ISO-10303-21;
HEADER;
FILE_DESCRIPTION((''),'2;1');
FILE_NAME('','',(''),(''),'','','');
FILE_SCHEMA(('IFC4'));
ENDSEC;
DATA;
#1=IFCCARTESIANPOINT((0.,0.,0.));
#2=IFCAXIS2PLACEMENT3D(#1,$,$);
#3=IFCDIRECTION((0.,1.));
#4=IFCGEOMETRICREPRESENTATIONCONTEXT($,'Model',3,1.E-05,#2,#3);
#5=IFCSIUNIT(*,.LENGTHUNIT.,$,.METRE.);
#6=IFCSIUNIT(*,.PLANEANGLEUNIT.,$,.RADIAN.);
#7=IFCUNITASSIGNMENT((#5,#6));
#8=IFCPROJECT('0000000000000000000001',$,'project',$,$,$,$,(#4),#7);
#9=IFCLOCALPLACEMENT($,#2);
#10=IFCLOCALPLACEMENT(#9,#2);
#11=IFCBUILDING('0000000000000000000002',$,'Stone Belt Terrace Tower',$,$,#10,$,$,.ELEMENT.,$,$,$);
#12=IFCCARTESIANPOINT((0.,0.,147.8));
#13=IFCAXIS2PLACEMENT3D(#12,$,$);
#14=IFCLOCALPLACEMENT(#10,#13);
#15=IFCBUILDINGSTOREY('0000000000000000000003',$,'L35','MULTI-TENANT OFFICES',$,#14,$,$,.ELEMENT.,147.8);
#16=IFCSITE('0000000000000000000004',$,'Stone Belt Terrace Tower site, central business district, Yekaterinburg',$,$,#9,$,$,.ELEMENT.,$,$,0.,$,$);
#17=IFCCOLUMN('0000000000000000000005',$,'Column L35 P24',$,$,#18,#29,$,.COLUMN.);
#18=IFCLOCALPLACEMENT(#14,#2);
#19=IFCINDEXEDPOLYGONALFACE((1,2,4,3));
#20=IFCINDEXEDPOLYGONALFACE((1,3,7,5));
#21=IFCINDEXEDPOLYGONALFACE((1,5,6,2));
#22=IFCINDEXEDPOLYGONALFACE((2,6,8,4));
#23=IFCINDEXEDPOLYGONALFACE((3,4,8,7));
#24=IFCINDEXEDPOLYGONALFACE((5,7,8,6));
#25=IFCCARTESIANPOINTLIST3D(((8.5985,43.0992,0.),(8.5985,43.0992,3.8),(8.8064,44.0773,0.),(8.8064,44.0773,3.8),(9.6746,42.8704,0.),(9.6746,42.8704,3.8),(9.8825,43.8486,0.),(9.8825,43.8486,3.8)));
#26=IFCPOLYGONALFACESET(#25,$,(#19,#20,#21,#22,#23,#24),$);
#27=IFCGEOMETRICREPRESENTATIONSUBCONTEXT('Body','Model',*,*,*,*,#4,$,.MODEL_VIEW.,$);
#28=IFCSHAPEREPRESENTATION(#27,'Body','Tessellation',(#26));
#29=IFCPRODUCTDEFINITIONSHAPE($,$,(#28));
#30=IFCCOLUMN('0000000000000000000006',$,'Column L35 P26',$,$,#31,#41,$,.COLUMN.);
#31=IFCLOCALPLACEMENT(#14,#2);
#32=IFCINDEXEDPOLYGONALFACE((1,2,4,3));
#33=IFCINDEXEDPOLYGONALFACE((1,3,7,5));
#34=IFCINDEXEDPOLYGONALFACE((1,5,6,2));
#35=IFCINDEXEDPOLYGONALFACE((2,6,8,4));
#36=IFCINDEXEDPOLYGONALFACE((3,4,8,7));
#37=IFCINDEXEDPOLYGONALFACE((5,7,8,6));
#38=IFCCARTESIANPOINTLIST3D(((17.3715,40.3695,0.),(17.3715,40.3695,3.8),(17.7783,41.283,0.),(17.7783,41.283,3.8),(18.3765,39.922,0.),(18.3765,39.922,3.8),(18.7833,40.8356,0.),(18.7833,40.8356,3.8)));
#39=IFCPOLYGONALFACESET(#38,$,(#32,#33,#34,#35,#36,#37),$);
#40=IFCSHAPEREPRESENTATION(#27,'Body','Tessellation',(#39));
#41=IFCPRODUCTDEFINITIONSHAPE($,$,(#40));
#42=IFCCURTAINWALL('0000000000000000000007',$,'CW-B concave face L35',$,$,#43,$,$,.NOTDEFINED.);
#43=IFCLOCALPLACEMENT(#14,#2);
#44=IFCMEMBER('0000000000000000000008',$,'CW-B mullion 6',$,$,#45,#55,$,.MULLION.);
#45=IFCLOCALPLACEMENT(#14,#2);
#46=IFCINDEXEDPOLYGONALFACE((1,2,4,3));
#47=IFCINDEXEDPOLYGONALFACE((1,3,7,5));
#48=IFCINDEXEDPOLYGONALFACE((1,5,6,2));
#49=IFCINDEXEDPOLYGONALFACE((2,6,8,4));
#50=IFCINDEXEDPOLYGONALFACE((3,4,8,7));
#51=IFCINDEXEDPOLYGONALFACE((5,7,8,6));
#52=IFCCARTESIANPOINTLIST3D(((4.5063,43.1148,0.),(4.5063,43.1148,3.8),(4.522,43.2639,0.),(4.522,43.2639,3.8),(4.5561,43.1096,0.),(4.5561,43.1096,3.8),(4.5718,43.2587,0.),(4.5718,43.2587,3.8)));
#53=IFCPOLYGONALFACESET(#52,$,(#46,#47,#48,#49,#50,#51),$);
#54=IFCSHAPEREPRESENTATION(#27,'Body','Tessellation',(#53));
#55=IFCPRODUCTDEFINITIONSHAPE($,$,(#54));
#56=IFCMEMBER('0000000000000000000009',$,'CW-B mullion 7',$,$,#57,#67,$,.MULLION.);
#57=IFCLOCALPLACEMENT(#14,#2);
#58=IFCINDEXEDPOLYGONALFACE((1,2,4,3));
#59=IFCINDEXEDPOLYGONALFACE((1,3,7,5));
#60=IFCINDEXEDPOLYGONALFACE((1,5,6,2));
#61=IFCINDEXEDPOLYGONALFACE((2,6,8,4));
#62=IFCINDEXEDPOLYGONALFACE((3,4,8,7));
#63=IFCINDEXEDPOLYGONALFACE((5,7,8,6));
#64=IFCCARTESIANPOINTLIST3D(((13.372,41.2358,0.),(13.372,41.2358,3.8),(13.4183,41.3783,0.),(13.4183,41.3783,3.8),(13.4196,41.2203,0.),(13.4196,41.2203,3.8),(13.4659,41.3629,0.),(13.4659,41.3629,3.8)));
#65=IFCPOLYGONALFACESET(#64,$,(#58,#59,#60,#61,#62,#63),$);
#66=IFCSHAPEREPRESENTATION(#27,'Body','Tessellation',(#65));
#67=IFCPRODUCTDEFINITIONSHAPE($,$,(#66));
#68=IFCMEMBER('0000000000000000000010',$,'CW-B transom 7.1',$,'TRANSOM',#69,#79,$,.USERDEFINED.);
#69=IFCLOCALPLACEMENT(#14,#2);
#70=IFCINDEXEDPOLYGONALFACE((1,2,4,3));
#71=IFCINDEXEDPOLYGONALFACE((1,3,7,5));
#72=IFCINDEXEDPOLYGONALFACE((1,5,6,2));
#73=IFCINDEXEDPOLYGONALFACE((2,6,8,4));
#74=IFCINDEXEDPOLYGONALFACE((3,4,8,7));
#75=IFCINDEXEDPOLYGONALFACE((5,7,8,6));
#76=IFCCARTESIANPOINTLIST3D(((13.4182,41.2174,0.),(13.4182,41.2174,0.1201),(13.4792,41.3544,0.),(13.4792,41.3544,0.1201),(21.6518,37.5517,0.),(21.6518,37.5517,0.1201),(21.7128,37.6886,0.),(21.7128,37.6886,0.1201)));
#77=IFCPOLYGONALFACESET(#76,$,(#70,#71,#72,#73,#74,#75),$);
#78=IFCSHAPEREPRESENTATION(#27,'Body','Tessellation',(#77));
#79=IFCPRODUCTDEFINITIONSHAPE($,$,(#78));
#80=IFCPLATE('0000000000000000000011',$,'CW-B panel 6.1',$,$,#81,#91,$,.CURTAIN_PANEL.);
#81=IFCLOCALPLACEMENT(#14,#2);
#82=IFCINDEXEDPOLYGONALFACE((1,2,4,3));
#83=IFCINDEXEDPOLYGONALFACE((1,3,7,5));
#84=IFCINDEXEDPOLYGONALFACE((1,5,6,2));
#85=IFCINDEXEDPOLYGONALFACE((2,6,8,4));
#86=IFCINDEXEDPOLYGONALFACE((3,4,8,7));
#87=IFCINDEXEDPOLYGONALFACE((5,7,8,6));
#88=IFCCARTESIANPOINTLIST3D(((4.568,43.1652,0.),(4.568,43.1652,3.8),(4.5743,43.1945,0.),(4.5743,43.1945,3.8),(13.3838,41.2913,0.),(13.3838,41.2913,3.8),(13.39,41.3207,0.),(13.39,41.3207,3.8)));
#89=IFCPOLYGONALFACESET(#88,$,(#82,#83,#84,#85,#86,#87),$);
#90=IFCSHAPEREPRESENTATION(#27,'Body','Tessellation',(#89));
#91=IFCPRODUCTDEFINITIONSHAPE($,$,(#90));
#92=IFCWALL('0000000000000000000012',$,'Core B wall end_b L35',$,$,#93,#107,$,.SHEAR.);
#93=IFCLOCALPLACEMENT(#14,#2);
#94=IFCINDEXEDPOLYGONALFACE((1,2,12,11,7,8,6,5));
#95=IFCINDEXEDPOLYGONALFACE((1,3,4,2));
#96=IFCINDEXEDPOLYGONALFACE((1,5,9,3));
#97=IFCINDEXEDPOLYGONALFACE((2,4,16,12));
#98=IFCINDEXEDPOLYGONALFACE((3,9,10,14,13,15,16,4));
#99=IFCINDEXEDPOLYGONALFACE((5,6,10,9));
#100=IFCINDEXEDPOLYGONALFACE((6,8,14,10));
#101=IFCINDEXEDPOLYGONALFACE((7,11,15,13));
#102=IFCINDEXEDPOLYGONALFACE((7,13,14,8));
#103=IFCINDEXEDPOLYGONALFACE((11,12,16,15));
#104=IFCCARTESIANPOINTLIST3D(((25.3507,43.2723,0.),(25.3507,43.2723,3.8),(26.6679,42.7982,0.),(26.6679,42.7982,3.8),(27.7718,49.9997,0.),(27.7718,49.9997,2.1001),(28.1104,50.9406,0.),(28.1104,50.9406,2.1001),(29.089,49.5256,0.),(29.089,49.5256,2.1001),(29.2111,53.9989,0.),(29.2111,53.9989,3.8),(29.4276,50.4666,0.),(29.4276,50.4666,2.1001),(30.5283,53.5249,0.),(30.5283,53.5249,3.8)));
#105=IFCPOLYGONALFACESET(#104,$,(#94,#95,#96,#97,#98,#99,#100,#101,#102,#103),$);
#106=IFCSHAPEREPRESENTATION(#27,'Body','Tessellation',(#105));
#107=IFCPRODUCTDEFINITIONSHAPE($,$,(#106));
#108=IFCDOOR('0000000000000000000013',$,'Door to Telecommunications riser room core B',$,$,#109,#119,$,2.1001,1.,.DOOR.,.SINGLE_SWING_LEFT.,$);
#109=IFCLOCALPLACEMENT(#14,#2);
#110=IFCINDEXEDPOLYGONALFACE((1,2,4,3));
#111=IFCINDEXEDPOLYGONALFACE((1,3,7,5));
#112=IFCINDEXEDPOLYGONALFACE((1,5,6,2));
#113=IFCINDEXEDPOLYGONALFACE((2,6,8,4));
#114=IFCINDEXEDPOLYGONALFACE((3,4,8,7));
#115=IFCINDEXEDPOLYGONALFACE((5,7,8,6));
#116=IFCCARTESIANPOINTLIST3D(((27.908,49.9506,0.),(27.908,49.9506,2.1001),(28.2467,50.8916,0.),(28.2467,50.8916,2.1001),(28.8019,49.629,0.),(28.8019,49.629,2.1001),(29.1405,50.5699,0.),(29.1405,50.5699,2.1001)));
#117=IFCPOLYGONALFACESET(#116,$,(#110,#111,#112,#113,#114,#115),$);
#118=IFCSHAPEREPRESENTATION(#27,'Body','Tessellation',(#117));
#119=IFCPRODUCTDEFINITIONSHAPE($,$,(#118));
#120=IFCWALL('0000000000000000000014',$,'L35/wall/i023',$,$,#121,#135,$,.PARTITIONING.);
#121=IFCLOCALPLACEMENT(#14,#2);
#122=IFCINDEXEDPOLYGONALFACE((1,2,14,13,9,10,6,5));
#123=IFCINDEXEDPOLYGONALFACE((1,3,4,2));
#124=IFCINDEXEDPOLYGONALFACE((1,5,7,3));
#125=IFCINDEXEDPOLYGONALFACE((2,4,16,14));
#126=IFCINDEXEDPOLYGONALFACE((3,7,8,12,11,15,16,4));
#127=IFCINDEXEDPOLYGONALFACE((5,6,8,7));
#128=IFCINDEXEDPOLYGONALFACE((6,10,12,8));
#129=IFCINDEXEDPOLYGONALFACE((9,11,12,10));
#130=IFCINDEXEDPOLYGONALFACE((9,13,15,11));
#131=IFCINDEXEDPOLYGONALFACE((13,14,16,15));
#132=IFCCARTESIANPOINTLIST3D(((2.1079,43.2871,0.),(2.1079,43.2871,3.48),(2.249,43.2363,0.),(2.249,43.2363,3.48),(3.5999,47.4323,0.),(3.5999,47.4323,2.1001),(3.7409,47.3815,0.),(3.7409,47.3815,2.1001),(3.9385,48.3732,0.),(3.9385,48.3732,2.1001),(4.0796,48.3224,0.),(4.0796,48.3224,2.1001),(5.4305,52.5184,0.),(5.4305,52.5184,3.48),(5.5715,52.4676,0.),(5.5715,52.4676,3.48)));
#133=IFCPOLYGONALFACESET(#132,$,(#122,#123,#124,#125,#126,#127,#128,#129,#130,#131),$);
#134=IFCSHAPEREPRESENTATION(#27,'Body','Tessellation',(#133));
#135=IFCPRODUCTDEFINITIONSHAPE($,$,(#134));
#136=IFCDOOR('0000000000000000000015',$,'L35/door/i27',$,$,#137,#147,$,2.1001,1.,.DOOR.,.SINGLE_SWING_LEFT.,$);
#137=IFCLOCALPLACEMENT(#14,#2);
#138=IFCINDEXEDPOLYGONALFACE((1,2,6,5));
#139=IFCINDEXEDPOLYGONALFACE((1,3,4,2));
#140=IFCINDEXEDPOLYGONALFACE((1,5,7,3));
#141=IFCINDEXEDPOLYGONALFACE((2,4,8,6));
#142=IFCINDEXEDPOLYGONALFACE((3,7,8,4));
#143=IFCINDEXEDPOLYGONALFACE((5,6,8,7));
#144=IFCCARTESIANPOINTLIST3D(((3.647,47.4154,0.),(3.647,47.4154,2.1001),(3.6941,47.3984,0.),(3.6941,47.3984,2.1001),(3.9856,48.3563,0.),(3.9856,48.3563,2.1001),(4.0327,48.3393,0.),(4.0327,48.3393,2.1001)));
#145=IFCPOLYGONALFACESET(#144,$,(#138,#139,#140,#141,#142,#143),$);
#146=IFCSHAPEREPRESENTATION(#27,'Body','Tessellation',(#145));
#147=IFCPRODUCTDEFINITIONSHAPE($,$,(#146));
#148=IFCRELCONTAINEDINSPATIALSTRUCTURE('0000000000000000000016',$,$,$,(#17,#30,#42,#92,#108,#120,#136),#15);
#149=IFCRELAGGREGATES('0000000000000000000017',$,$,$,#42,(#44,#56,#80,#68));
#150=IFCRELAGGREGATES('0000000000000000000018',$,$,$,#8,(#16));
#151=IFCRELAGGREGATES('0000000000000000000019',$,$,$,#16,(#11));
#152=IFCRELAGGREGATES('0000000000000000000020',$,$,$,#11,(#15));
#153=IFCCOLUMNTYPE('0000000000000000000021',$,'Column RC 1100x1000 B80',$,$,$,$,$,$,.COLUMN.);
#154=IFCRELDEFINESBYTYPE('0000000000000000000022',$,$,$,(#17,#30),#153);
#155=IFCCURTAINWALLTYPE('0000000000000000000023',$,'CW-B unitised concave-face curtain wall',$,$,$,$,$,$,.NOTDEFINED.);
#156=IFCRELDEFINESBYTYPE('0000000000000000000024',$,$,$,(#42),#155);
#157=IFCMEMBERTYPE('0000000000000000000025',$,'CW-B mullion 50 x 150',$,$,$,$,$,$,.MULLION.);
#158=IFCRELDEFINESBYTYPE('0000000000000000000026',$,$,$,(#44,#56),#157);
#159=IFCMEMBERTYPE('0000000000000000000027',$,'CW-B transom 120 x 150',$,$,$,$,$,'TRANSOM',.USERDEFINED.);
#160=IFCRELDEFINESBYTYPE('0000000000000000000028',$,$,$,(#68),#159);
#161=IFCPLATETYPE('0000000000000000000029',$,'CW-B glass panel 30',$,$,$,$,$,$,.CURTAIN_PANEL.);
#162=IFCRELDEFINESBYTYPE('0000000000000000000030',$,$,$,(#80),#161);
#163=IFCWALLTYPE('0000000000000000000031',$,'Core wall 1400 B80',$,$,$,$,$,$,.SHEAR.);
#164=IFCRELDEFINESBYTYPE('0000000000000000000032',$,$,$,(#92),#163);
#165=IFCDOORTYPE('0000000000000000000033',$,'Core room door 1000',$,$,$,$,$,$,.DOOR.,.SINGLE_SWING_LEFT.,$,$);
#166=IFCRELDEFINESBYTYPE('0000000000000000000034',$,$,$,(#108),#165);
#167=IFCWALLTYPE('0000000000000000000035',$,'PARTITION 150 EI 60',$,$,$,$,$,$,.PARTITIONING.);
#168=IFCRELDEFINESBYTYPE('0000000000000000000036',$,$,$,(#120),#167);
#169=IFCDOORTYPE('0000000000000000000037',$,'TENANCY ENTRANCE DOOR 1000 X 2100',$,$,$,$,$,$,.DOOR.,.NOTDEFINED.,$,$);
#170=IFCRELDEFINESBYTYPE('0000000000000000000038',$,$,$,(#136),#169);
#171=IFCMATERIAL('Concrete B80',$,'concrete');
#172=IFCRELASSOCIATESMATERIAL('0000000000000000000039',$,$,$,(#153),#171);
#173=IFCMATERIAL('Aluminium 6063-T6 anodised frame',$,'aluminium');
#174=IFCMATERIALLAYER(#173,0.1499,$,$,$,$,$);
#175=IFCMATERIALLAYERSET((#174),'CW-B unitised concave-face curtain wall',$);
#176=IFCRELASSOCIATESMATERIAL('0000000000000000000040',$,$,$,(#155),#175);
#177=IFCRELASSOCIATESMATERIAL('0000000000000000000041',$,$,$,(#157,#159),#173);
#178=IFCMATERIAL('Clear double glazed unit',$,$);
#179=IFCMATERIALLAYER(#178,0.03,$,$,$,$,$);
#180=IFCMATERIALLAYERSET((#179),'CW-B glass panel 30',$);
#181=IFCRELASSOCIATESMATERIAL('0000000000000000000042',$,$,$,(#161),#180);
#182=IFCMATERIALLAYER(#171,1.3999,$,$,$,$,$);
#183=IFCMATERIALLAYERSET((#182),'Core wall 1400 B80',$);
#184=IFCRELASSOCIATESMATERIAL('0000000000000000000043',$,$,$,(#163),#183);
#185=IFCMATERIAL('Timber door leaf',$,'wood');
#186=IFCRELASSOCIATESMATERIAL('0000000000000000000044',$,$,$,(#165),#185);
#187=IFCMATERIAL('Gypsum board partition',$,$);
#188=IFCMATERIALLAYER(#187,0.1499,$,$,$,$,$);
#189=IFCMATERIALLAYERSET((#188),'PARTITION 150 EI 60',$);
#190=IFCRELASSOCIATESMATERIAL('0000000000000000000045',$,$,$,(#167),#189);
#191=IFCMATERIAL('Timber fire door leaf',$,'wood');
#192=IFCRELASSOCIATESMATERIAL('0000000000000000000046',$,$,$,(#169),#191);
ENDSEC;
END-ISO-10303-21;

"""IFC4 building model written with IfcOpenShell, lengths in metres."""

from ifc_helpers import new_model, si_unit, direction, frame, frame_2d, origin, origin_2d, place, context, subcontext, project, spatial, rectangle, extrude, material, layer, layer_set, material_profile, profile_set, type_object, element, fill, aggregate, save


model = new_model("IFC4")

# Units and contexts
model_context = context("Model", 3, precision=1e-05, world=origin(), true_north=direction((0.0, 1.0)))
body_context = subcontext(model_context, "Body", "Model", "MODEL_VIEW")
ifc_project = project(units=[si_unit("LENGTHUNIT", "METRE"), si_unit("PLANEANGLEUNIT", "RADIAN")], contexts=[model_context])

# Site, building, storey
site_placement = place(None, origin())
site = spatial("IfcSite", under=ifc_project, at=site_placement, Name="Stone Belt Terrace Tower site, central business district, Yekaterinburg", CompositionType="ELEMENT", RefElevation=0.0)
building_placement = place(site_placement, origin())
building = spatial("IfcBuilding", under=site, at=building_placement, Name="Stone Belt Terrace Tower", CompositionType="ELEMENT")
storey_placement = place(building_placement, frame((0.0, 0.0, 147.8)))
storey = spatial("IfcBuildingStorey", under=building, at=storey_placement, Name="L35", Description="MULTI-TENANT OFFICES", CompositionType="ELEMENT", Elevation=147.8)

# Columns
ifc_material_1 = material(Name="Concrete B80", Category="concrete")
ifc_material_profile_1 = material_profile(ifc_material_1, rectangle(XDim=1.1001, YDim=1.0, at=origin_2d()), Name="RC 1100x1000")
ifc_profile_set_1 = profile_set([ifc_material_profile_1], Name="Concrete B80")
column_type = type_object("IfcColumnType", Name="Column RC 1100x1000 B80", PredefinedType="COLUMN", material=ifc_profile_set_1)
for number, where, z_axis, x_axis, name in (
    (1, (9.2405, 43.4739, 0.0), (0.0, 0.0, 1.0), (0.978148, -0.207912, 0.0), "Column L35 P24"),
    (2, (18.0774, 40.6025, 0.0), (0.0, 0.0, 1.0), (0.913545, -0.406737, 0.0), "Column L35 P26"),
):
    element("IfcColumn", number, at=place(storey_placement, frame(where, z_axis=z_axis, x_axis=x_axis)), inside=storey, type_object=column_type, Name=name, PredefinedType="COLUMN", context=body_context, shape_type="SweptSolid", body=[
        extrude(rectangle(XDim=1.1001, YDim=1.0, at=origin_2d()), origin(), (0.0, 0.0, 1.0), 3.8),
    ])

# Curtain wall, members, plate
ifc_material_2 = material(Name="Aluminium 6063-T6 anodised frame", Category="aluminium")
ifc_layer_1 = layer(ifc_material_2, 0.1499)
ifc_layer_set_1 = layer_set([ifc_layer_1], Name="CW-B unitised concave-face curtain wall")
curtain_wall_type = type_object("IfcCurtainWallType", Name="CW-B unitised concave-face curtain wall", PredefinedType="NOTDEFINED", material=ifc_layer_set_1)
curtain_wall_placement = place(storey_placement, origin())
curtain_wall = element("IfcCurtainWall", 3, at=curtain_wall_placement, inside=storey, type_object=curtain_wall_type, Name="CW-B concave face L35", PredefinedType="NOTDEFINED")
ifc_material_profile_2 = material_profile(ifc_material_2, rectangle(XDim=0.1499, YDim=0.05, at=origin_2d()), Name="Aluminium 6063-T6 50x150")
ifc_profile_set_2 = profile_set([ifc_material_profile_2], Name="Aluminium 6063-T6 anodised frame")
member_type_1 = type_object("IfcMemberType", Name="CW-B mullion 50 x 150", PredefinedType="MULLION", material=ifc_profile_set_2)
member_1_placement = place(storey_placement, frame((4.5391, 43.1868, 0.0), z_axis=(0.0, 0.0, 1.0), x_axis=(0.104528, 0.994522, 0.0)))
member_1 = element("IfcMember", 4, at=member_1_placement, type_object=member_type_1, Name="CW-B mullion 6", PredefinedType="MULLION", context=body_context, shape_type="SweptSolid", body=[
    extrude(rectangle(XDim=0.1499, YDim=0.05, at=origin_2d()), origin(), (0.0, 0.0, 1.0), 3.8),
])
member_2_placement = place(storey_placement, frame((13.4189, 41.2993, 0.0), z_axis=(0.0, 0.0, 1.0), x_axis=(0.309017, 0.951057, 0.0)))
member_2 = element("IfcMember", 5, at=member_2_placement, type_object=member_type_1, Name="CW-B mullion 7", PredefinedType="MULLION", context=body_context, shape_type="SweptSolid", body=[
    extrude(rectangle(XDim=0.1499, YDim=0.05, at=origin_2d()), origin(), (0.0, 0.0, 1.0), 3.8),
])
ifc_material_profile_3 = material_profile(ifc_material_2, rectangle(XDim=0.1499, YDim=0.1201, at=origin_2d()), Name="Aluminium 6063-T6 150x120")
ifc_profile_set_3 = profile_set([ifc_material_profile_3], Name="Aluminium 6063-T6 anodised frame")
member_type_2 = type_object("IfcMemberType", Name="CW-B transom 120 x 150", ElementType="TRANSOM", PredefinedType="USERDEFINED", material=ifc_profile_set_3)
member_3_placement = place(storey_placement, frame((13.4487, 41.2859, 0.0601), z_axis=(0.913549, -0.406729, 0.0), x_axis=(0.406729, 0.913549, 0.0)))
member_3 = element("IfcMember", 6, at=member_3_placement, type_object=member_type_2, Name="CW-B transom 7.1", ObjectType="TRANSOM", PredefinedType="USERDEFINED", context=body_context, shape_type="SweptSolid", body=[
    extrude(rectangle(XDim=0.1499, YDim=0.1201, at=origin_2d()), origin(), (0.0, 0.0, 1.0), 9.0127),
])
ifc_material_3 = material(Name="Clear double glazed unit")
ifc_layer_2 = layer(ifc_material_3, 0.03)
ifc_layer_set_2 = layer_set([ifc_layer_2], Name="CW-B glass panel 30")
plate_type = type_object("IfcPlateType", Name="CW-B glass panel 30", PredefinedType="CURTAIN_PANEL", material=ifc_layer_set_2)
plate_placement = place(storey_placement, frame((8.979, 42.2429, 0.0), z_axis=(0.0, 0.0, 1.0), x_axis=(0.978148, -0.207912, 0.0)))
plate = element("IfcPlate", 7, at=plate_placement, type_object=plate_type, Name="CW-B panel 6.1", PredefinedType="CURTAIN_PANEL", context=body_context, shape_type="SweptSolid", body=[
    extrude(rectangle(XDim=9.0127, YDim=0.03, at=origin_2d()), origin(), (0.0, 0.0, 1.0), 3.8),
])
aggregate(curtain_wall, [member_1, member_2, plate, member_3])

# Walls, openings, doors
ifc_layer_3 = layer(ifc_material_1, 1.3999)
ifc_layer_set_3 = layer_set([ifc_layer_3], Name="Core wall 1400 B80")
wall_type_1 = type_object("IfcWallType", Name="Core wall 1400 B80", PredefinedType="SHEAR", material=ifc_layer_set_3)
wall_1_placement = place(storey_placement, frame((26.0093, 43.0352, 0.0), z_axis=(0.0, 0.0, 1.0), x_axis=(0.338625, 0.940921, 0.0)))
wall_1 = element("IfcWall", 8, at=wall_1_placement, inside=storey, type_object=wall_type_1, Name="Core B wall end_b L35", PredefinedType="SHEAR", context=body_context, shape_type="SweptSolid", body=[
    extrude(rectangle(XDim=11.4001, YDim=1.3999, at=frame_2d((5.7002, 0.0))), origin(), (0.0, 0.0, 1.0), 3.8),
])
opening_1_placement = place(wall_1_placement, frame((7.1499, 0.0, 0.0)))
opening_1 = element("IfcOpeningElement", 9, at=opening_1_placement, cuts=wall_1, PredefinedType="OPENING", context=body_context, shape_type="SweptSolid", body=[
    extrude(rectangle(XDim=1.0, YDim=2.1001, at=frame_2d((0.5, 1.05))), frame((0.0, 0.71, 0.0), z_axis=(0.0, -1.0, 0.0), x_axis=(1.0, 0.0, 0.0)), (0.0, 0.0, 1.0), 1.4199),
])
ifc_material_4 = material(Name="Timber door leaf", Category="wood")
door_type_1 = type_object("IfcDoorType", Name="Core room door 1000", OperationType="SINGLE_SWING_LEFT", PredefinedType="DOOR", material=ifc_material_4)
door_1_placement = place(opening_1_placement, origin())
door_1 = element("IfcDoor", 10, at=door_1_placement, inside=storey, type_object=door_type_1, Name="Door to Telecommunications riser room core B", OperationType="SINGLE_SWING_LEFT", OverallHeight=2.1001, OverallWidth=1.0, PredefinedType="DOOR", context=body_context, shape_type="SweptSolid", body=[
    extrude(rectangle(XDim=1.0, YDim=2.1001, at=frame_2d((0.5, 1.05))), frame((0.0, 0.5552, 0.0), z_axis=(0.0, -1.0, 0.0), x_axis=(1.0, 0.0, 0.0)), (0.0, 0.0, 1.0), 0.95),
])
fill(opening_1, door_1)
ifc_material_5 = material(Name="Gypsum board partition")
ifc_layer_4 = layer(ifc_material_5, 0.1499)
ifc_layer_set_4 = layer_set([ifc_layer_4], Name="PARTITION 150 EI 60")
wall_type_2 = type_object("IfcWallType", Name="PARTITION 150 EI 60", PredefinedType="PARTITIONING", material=ifc_layer_set_4)
wall_2_placement = place(storey_placement, frame((2.1785, 43.2617, 0.0), z_axis=(0.0, 0.0, 1.0), x_axis=(0.338654, 0.940911, 0.0)))
wall_2 = element("IfcWall", 11, at=wall_2_placement, inside=storey, type_object=wall_type_2, Name="L35/wall/i023", PredefinedType="PARTITIONING", context=body_context, shape_type="SweptSolid", body=[
    extrude(rectangle(XDim=9.811, YDim=0.1499, at=frame_2d((4.9055, 0.0))), origin(), (0.0, 0.0, 1.0), 3.48),
])
opening_2_placement = place(wall_2_placement, frame((4.4055, 0.0, 0.0)))
opening_2 = element("IfcOpeningElement", 12, at=opening_2_placement, cuts=wall_2, PredefinedType="OPENING", context=body_context, shape_type="SweptSolid", body=[
    extrude(rectangle(XDim=1.0, YDim=2.1001, at=frame_2d((0.5, 1.05))), frame((0.0, 0.085, 0.0), z_axis=(0.0, -1.0, 0.0), x_axis=(1.0, 0.0, 0.0)), (0.0, 0.0, 1.0), 0.1699),
])
ifc_material_6 = material(Name="Timber fire door leaf", Category="wood")
door_type_2 = type_object("IfcDoorType", Name="TENANCY ENTRANCE DOOR 1000 X 2100", OperationType="NOTDEFINED", PredefinedType="DOOR", material=ifc_material_6)
door_2_placement = place(opening_2_placement, origin())
door_2 = element("IfcDoor", 13, at=door_2_placement, inside=storey, type_object=door_type_2, Name="L35/door/i27", OperationType="SINGLE_SWING_LEFT", OverallHeight=2.1001, OverallWidth=1.0, PredefinedType="DOOR", context=body_context, shape_type="SweptSolid", body=[
    extrude(rectangle(XDim=1.0, YDim=2.1001, at=frame_2d((0.5, 1.05))), frame((0.0, 0.0249, 0.0), z_axis=(0.0, -1.0, 0.0), x_axis=(1.0, 0.0, 0.0)), (0.0, 0.0, 1.0), 0.05),
])
fill(opening_2, door_2)

save(model, "model.ifc")
